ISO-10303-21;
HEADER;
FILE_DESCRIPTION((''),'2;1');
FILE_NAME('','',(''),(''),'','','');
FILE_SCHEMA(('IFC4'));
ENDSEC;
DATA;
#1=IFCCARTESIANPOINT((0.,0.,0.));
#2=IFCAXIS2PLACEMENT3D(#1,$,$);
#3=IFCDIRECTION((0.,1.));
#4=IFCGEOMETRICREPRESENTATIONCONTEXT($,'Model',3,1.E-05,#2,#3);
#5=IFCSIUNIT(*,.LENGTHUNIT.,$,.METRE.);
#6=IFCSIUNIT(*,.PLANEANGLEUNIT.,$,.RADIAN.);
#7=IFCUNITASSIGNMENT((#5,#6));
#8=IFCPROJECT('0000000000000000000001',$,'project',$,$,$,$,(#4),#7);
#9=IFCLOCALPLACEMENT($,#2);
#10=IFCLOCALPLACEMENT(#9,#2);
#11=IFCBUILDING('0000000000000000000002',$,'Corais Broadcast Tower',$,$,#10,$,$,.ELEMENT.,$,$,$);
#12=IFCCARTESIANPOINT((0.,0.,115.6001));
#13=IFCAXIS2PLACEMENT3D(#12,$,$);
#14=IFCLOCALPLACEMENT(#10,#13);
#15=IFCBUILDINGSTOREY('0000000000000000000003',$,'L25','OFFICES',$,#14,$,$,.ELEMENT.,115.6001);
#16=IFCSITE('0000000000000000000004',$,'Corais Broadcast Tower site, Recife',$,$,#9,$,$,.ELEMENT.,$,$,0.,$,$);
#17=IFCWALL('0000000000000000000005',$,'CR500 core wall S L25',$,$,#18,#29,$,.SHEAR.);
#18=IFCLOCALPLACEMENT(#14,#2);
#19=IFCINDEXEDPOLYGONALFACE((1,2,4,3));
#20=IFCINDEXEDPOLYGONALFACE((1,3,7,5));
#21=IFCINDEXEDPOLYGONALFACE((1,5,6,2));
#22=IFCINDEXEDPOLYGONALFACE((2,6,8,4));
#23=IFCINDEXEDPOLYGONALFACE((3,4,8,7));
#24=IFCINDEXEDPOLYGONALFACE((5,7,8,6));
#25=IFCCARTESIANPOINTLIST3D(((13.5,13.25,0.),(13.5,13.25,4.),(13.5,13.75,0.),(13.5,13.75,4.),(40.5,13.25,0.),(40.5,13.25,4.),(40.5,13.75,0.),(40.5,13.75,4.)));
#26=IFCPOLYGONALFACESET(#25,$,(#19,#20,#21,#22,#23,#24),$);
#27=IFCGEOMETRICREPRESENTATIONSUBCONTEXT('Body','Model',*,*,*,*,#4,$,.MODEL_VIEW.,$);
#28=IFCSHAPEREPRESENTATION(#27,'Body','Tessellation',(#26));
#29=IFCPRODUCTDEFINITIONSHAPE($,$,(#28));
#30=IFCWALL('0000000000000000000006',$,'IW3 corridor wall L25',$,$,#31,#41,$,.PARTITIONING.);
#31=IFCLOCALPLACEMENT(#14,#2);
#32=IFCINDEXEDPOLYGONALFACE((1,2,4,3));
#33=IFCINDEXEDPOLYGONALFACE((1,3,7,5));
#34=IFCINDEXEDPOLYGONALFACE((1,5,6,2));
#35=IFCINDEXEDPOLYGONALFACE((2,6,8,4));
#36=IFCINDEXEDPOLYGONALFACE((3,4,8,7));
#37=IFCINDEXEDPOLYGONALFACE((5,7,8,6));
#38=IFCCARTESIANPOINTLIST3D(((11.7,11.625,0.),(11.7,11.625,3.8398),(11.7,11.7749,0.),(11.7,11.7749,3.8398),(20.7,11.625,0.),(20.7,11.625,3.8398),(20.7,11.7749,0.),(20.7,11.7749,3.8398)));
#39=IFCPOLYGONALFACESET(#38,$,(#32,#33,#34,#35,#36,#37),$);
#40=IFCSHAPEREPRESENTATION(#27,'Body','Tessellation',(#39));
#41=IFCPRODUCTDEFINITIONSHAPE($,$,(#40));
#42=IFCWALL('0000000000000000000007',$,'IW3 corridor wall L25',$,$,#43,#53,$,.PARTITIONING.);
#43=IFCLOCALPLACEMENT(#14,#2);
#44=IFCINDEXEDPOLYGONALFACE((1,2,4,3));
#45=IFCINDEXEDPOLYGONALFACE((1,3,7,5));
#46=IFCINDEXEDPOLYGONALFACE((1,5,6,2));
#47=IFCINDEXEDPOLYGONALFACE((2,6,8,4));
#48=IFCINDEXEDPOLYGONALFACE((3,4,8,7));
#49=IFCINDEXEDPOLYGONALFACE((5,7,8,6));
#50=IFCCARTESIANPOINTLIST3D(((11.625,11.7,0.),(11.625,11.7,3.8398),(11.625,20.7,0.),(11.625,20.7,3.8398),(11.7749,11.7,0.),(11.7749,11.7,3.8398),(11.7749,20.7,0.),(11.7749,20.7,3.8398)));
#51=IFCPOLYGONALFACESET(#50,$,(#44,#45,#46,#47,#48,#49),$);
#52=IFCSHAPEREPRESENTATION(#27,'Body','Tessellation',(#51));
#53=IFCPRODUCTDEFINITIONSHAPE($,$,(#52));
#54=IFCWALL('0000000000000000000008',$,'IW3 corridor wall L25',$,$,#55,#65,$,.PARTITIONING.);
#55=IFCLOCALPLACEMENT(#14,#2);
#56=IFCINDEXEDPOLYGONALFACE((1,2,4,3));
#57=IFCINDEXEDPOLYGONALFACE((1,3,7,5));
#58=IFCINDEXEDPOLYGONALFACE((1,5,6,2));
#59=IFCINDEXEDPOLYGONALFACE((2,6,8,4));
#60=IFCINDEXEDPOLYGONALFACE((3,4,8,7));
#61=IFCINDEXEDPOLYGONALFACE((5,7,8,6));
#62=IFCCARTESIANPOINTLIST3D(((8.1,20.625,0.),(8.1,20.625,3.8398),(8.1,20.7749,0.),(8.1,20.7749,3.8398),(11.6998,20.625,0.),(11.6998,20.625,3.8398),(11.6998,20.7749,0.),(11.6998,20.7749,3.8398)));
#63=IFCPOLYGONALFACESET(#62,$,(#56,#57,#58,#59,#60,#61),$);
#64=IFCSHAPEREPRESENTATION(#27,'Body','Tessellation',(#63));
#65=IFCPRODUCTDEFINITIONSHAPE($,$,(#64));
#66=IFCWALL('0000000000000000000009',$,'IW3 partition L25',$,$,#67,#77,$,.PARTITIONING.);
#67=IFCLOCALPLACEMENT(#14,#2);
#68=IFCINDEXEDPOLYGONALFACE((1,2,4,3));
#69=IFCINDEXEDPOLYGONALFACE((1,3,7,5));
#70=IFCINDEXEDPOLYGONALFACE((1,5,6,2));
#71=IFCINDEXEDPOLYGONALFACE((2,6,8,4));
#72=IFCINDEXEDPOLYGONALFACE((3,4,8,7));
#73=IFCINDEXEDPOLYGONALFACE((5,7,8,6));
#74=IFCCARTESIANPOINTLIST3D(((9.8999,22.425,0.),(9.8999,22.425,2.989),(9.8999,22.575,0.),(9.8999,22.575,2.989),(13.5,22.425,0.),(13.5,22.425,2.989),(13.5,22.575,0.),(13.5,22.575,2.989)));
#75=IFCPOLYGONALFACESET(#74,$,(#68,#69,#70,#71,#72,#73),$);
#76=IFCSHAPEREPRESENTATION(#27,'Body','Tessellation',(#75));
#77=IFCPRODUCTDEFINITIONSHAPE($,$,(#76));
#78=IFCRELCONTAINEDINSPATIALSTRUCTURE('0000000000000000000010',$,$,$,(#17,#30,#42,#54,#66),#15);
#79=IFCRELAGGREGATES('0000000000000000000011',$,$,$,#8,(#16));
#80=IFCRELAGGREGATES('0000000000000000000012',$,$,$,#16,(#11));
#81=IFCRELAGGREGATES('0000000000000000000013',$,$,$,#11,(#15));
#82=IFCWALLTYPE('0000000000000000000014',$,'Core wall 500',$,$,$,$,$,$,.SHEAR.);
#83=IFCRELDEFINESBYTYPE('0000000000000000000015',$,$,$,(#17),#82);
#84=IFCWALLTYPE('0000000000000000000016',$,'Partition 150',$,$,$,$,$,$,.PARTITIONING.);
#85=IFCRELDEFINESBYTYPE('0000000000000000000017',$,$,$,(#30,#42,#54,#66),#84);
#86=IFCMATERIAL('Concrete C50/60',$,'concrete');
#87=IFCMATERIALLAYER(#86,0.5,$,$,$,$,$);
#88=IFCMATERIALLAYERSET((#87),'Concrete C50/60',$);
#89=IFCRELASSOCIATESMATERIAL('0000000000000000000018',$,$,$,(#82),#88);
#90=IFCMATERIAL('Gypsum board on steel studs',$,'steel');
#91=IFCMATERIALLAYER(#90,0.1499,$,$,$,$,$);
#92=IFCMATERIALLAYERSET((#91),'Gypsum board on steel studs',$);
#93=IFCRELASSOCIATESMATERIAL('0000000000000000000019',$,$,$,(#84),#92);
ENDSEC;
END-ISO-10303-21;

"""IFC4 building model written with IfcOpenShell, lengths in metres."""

from ifc_helpers import new_model, si_unit, direction, frame, frame_2d, origin, place, context, subcontext, project, spatial, rectangle, extrude, material, layer, layer_set, type_object, element, save


model = new_model("IFC4")

# Units and contexts
model_context = context("Model", 3, precision=1e-05, world=origin(), true_north=direction((0.0, 1.0)))
body_context = subcontext(model_context, "Body", "Model", "MODEL_VIEW")
ifc_project = project(units=[si_unit("LENGTHUNIT", "METRE"), si_unit("PLANEANGLEUNIT", "RADIAN")], contexts=[model_context])

# Site, building, storey
site_placement = place(None, origin())
site = spatial("IfcSite", under=ifc_project, at=site_placement, Name="Corais Broadcast Tower site, Recife", CompositionType="ELEMENT", RefElevation=0.0)
building_placement = place(site_placement, origin())
building = spatial("IfcBuilding", under=site, at=building_placement, Name="Corais Broadcast Tower", CompositionType="ELEMENT")
storey_placement = place(building_placement, frame((0.0, 0.0, 115.6001)))
storey = spatial("IfcBuildingStorey", under=building, at=storey_placement, Name="L25", Description="OFFICES", CompositionType="ELEMENT", Elevation=115.6001)

# Walls
ifc_material_1 = material(Name="Concrete C50/60", Category="concrete")
ifc_layer_1 = layer(ifc_material_1, 0.5)
ifc_layer_set_1 = layer_set([ifc_layer_1], Name="Concrete C50/60")
wall_type_1 = type_object("IfcWallType", Name="Core wall 500", PredefinedType="SHEAR", material=ifc_layer_set_1)
wall_1_placement = place(storey_placement, frame((13.5, 13.5, 0.0), z_axis=(0.0, 0.0, 1.0), x_axis=(1.0, 0.0, 0.0)))
element("IfcWall", 1, at=wall_1_placement, inside=storey, type_object=wall_type_1, Name="CR500 core wall S L25", PredefinedType="SHEAR", context=body_context, shape_type="SweptSolid", body=[
    extrude(rectangle(XDim=27.0, YDim=0.5, at=frame_2d((13.5, 0.0))), origin(), (0.0, 0.0, 1.0), 4.0),
])
ifc_material_2 = material(Name="Gypsum board on steel studs", Category="steel")
ifc_layer_2 = layer(ifc_material_2, 0.1499)
ifc_layer_set_2 = layer_set([ifc_layer_2], Name="Gypsum board on steel studs")
wall_type_2 = type_object("IfcWallType", Name="Partition 150", PredefinedType="PARTITIONING", material=ifc_layer_set_2)
for number, where, z_axis, x_axis, name in (
    (2, (11.7, 11.7, 0.0), (0.0, 0.0, 1.0), (1.0, 0.0, 0.0), "IW3 corridor wall L25"),
    (3, (11.7, 20.7, 0.0), (0.0, 0.0, 1.0), (0.0, -1.0, 0.0), "IW3 corridor wall L25"),
):
    element("IfcWall", number, at=place(storey_placement, frame(where, z_axis=z_axis, x_axis=x_axis)), inside=storey, type_object=wall_type_2, Name=name, PredefinedType="PARTITIONING", context=body_context, shape_type="SweptSolid", body=[
        extrude(rectangle(XDim=9.0, YDim=0.1499, at=frame_2d((4.5, 0.0))), origin(), (0.0, 0.0, 1.0), 3.8398),
    ])
wall_2_placement = place(storey_placement, frame((8.1001, 20.7, 0.0), z_axis=(0.0, 0.0, 1.0), x_axis=(1.0, 0.0, 0.0)))
element("IfcWall", 4, at=wall_2_placement, inside=storey, type_object=wall_type_2, Name="IW3 corridor wall L25", PredefinedType="PARTITIONING", context=body_context, shape_type="SweptSolid", body=[
    extrude(rectangle(XDim=3.5999, YDim=0.1499, at=frame_2d((1.7998, 0.0))), origin(), (0.0, 0.0, 1.0), 3.8398),
])
wall_3_placement = place(storey_placement, frame((9.8999, 22.5, 0.0), z_axis=(0.0, 0.0, 1.0), x_axis=(1.0, 0.0, 0.0)))
element("IfcWall", 5, at=wall_3_placement, inside=storey, type_object=wall_type_2, Name="IW3 partition L25", PredefinedType="PARTITIONING", context=body_context, shape_type="SweptSolid", body=[
    extrude(rectangle(XDim=3.6001, YDim=0.1499, at=frame_2d((1.8, 0.0))), origin(), (0.0, 0.0, 1.0), 2.989),
])

save(model, "model.ifc")
